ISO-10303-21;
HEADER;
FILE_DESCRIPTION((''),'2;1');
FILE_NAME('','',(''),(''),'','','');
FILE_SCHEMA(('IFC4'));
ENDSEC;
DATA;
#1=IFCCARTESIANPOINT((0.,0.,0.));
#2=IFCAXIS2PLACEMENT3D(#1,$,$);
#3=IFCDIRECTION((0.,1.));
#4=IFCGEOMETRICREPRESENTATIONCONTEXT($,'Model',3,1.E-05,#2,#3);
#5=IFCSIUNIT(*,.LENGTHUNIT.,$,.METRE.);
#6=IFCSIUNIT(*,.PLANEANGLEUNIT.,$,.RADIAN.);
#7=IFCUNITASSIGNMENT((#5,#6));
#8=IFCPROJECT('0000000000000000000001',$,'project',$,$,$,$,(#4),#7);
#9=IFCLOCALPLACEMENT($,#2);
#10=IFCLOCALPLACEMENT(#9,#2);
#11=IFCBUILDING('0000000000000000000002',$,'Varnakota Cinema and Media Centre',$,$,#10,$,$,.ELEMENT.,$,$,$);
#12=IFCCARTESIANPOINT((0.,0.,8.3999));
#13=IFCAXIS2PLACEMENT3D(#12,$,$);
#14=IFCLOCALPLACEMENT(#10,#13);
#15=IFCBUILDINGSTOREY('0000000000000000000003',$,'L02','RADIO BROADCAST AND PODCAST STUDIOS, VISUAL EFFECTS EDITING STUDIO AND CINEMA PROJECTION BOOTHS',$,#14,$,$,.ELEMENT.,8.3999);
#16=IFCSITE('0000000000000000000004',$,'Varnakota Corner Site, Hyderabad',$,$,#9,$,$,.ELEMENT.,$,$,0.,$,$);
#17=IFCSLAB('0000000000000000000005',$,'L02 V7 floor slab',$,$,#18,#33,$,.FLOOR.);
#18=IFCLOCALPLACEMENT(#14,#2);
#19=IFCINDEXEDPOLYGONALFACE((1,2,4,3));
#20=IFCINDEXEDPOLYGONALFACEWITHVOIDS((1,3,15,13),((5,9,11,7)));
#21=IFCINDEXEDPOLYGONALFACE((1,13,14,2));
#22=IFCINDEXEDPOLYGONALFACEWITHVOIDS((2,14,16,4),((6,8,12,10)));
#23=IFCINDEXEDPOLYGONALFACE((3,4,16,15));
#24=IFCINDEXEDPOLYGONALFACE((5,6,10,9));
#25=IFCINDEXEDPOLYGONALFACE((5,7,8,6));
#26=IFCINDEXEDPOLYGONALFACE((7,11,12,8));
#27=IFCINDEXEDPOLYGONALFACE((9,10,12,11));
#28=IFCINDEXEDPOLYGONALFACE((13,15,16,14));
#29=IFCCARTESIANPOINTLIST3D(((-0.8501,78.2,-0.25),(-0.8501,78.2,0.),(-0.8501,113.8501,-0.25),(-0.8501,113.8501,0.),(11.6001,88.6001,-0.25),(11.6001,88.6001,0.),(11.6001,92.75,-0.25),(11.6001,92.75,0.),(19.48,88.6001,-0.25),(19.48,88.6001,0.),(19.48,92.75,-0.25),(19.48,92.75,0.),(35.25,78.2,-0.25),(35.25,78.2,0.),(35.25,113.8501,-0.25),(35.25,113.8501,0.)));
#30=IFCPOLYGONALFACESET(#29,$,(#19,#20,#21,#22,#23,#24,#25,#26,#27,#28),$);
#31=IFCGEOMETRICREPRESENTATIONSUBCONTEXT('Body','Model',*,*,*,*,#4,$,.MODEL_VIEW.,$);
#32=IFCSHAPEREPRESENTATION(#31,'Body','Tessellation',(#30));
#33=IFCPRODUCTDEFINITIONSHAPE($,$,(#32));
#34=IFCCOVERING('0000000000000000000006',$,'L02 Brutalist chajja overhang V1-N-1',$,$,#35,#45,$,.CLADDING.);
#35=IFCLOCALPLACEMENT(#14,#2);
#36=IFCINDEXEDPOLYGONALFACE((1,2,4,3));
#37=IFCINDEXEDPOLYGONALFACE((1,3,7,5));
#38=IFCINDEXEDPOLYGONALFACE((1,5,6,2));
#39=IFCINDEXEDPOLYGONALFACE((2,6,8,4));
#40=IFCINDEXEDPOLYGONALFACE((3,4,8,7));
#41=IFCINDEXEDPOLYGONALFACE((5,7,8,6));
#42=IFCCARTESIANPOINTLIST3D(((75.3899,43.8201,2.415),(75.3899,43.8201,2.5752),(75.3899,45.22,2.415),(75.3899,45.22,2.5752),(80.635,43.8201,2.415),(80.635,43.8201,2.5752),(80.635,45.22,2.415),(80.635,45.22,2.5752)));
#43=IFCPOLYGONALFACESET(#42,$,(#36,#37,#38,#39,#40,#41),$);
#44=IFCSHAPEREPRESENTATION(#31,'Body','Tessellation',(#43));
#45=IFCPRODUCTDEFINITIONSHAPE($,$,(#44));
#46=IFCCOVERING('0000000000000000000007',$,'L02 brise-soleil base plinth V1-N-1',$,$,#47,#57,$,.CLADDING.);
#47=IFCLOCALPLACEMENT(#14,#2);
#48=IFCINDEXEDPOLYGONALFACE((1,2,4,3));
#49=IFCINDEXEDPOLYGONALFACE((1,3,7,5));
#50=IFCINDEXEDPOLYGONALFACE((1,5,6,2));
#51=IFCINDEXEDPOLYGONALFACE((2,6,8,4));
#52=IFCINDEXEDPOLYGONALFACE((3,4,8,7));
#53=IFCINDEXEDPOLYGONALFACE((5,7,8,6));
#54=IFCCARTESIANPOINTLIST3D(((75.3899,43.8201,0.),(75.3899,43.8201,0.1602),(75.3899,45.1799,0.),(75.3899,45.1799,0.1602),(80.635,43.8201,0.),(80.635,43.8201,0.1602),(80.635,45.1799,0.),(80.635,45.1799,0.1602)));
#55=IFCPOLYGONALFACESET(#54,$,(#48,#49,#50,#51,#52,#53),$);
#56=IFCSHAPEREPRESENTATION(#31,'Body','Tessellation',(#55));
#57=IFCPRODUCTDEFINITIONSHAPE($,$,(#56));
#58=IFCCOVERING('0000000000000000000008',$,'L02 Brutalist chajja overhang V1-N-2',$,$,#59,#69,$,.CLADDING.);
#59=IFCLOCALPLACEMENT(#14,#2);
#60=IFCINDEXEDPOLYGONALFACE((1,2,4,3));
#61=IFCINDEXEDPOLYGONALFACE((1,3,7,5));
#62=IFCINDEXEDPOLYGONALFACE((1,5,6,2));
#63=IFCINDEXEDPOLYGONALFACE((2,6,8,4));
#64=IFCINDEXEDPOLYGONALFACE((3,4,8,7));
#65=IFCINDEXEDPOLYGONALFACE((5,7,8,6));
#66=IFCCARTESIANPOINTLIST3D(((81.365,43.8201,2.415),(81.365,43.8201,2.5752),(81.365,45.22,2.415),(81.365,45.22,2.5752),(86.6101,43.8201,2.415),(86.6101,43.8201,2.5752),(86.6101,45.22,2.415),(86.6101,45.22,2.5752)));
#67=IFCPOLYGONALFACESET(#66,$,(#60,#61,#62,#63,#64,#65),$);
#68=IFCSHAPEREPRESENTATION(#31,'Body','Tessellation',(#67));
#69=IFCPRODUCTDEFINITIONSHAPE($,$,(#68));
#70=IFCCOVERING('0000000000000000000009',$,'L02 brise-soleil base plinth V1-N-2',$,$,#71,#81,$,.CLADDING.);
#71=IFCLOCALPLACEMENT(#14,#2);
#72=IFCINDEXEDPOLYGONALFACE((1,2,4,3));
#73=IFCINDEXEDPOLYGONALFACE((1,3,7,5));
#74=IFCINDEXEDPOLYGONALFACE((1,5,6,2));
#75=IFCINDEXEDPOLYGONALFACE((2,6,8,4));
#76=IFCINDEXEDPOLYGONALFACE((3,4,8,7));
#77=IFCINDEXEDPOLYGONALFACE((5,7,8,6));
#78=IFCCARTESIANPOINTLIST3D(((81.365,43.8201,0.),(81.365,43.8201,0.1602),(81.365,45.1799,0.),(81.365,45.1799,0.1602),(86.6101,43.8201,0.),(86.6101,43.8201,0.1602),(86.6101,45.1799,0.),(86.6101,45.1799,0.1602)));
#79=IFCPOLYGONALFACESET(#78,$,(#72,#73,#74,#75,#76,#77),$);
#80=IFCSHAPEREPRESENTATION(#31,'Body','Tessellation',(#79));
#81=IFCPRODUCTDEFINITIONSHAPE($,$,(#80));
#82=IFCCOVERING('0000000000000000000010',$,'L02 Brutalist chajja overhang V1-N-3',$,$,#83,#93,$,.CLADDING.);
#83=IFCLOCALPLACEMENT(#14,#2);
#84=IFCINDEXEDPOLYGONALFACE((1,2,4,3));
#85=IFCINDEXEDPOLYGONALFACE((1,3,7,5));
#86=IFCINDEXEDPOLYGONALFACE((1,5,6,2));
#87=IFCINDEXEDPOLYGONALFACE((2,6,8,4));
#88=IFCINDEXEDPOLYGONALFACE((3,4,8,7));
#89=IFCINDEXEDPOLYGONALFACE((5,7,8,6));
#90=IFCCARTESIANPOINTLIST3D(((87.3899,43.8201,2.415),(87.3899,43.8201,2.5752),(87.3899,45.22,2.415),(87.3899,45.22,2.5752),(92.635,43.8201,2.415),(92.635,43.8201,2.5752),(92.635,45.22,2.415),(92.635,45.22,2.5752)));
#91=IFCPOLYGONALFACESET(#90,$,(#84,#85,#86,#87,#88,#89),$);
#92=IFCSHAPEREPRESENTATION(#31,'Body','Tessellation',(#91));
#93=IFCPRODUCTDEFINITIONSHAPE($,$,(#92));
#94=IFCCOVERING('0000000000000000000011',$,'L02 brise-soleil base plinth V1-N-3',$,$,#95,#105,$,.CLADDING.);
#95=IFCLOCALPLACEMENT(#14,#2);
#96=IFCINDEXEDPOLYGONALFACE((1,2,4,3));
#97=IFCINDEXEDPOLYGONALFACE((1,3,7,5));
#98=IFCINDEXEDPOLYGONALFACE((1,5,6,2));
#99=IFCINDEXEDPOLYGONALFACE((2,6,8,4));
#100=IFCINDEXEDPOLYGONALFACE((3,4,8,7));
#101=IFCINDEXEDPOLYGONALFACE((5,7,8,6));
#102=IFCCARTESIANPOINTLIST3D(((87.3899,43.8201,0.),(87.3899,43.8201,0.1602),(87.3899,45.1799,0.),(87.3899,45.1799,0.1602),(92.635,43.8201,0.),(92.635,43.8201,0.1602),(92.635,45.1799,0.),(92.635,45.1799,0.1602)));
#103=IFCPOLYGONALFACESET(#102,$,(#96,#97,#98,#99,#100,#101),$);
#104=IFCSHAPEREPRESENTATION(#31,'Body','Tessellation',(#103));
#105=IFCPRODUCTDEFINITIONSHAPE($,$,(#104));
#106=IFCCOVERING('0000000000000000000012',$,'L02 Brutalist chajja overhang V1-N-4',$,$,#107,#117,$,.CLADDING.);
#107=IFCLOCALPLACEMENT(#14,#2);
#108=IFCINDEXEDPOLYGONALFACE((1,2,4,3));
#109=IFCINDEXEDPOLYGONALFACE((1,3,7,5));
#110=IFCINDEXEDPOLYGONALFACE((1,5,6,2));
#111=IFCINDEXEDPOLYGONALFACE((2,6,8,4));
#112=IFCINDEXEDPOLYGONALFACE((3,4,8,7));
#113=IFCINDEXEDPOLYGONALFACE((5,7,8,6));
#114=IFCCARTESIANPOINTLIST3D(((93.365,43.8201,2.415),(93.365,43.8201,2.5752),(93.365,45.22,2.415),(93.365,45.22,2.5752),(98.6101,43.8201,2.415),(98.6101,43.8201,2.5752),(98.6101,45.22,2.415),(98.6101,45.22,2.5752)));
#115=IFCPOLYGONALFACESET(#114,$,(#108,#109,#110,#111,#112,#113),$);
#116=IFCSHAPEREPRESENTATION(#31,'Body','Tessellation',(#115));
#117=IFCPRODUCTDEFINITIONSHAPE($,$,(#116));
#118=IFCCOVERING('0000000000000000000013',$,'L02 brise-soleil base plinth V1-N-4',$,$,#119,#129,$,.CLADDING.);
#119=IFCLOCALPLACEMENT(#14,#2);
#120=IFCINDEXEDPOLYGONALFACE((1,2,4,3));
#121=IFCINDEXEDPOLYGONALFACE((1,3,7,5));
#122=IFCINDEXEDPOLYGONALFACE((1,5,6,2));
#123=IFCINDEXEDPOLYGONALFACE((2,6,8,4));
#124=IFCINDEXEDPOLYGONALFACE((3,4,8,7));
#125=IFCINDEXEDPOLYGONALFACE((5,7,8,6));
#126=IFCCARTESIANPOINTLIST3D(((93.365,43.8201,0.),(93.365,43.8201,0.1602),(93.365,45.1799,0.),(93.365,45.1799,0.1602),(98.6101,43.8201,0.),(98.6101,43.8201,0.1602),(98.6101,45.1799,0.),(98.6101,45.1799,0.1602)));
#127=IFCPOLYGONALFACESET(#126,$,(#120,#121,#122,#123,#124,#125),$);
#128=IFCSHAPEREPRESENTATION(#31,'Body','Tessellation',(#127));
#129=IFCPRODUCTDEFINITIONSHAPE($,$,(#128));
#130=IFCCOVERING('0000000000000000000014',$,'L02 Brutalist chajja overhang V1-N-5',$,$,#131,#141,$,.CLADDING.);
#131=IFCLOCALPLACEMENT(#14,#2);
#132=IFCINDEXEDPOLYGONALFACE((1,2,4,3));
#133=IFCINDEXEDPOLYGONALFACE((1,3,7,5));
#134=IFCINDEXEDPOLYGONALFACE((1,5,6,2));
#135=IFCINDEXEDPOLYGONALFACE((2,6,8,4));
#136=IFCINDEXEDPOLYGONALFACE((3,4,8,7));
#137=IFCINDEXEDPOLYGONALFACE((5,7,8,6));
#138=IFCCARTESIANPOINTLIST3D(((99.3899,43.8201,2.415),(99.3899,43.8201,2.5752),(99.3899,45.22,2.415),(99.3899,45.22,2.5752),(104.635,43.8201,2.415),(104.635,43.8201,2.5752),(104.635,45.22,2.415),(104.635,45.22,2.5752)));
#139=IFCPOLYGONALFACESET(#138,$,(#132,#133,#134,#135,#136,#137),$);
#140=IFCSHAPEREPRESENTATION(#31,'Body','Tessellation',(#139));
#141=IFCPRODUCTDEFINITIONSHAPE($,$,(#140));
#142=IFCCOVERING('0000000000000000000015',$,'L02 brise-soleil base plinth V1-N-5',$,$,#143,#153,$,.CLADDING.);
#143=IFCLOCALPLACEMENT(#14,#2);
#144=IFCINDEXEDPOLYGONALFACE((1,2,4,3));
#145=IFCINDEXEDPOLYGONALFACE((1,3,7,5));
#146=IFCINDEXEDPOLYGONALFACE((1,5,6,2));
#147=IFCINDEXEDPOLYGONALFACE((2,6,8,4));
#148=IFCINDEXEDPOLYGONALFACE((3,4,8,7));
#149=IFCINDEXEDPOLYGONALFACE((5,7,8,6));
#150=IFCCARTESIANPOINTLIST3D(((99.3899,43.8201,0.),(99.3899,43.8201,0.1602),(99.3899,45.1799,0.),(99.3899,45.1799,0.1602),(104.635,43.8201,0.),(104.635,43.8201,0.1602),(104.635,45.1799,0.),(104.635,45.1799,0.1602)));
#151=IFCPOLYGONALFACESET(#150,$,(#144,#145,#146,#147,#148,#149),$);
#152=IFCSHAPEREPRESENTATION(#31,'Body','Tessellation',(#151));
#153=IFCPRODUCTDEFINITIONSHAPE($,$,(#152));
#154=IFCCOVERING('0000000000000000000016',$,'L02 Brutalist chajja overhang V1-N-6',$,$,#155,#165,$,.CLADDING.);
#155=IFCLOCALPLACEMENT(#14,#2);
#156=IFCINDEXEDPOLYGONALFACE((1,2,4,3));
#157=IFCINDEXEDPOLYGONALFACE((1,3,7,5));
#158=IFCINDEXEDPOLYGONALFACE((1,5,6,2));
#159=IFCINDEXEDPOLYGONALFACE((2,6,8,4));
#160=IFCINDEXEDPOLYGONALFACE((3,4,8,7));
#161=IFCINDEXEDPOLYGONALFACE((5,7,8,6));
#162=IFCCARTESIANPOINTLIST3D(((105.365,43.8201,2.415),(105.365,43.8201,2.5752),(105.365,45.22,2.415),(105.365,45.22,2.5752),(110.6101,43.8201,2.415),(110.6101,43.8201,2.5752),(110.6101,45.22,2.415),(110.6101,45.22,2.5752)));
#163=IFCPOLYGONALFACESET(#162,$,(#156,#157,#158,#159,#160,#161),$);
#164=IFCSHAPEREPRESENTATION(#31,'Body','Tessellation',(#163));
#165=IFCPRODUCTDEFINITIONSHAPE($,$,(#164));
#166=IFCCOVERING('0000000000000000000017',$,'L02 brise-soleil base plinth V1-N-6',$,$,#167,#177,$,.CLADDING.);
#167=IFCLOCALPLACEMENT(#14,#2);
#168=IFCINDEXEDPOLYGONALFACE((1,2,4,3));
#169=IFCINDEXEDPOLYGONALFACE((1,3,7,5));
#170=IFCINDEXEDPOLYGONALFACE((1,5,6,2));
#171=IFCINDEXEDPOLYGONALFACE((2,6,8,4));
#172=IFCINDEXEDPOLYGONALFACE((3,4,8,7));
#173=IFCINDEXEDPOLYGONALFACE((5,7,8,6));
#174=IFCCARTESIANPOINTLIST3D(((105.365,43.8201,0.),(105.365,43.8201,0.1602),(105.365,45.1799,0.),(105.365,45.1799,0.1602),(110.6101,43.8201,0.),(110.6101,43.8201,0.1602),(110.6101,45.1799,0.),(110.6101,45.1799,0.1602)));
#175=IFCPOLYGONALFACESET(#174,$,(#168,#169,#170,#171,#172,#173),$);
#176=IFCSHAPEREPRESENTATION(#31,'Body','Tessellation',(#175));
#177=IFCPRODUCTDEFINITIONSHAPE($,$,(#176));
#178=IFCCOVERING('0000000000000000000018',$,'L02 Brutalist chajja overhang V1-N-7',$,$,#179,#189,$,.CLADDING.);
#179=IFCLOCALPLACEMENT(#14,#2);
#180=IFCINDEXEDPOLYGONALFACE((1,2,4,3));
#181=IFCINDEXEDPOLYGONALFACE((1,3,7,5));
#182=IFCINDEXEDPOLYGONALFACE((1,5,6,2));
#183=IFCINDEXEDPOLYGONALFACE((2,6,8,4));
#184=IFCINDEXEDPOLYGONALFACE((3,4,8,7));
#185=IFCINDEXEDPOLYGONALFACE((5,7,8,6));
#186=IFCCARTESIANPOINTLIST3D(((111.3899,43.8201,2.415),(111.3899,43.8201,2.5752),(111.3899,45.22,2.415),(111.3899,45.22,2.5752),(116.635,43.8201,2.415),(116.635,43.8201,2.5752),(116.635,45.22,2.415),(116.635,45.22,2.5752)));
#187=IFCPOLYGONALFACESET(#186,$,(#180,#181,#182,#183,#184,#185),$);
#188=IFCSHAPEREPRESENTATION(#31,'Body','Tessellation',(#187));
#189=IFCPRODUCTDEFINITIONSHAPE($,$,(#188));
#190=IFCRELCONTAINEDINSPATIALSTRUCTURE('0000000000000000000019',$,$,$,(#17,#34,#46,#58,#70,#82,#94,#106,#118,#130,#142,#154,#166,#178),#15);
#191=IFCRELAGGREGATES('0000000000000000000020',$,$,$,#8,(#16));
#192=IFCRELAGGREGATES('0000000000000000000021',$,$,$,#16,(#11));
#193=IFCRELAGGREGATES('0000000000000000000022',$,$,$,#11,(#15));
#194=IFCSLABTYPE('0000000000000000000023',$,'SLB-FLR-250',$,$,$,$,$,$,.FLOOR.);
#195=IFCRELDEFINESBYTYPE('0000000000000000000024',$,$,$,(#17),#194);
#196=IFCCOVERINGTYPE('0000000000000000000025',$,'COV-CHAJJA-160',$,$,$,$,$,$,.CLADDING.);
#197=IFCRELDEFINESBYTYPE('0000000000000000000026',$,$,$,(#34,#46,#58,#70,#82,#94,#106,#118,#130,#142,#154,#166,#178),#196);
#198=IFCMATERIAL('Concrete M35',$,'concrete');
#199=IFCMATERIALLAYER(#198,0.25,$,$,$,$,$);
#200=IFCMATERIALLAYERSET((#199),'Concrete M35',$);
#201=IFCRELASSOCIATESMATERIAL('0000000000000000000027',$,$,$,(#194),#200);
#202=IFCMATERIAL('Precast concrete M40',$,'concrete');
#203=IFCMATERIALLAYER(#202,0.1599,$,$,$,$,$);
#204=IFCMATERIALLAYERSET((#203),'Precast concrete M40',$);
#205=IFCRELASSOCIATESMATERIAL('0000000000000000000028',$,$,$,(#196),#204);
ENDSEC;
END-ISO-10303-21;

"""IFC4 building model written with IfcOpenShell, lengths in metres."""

from ifc_helpers import new_model, si_unit, direction, frame, origin, place, context, subcontext, project, spatial, polyline, outline, extrude, material, layer, layer_set, type_object, element, save


model = new_model("IFC4")

# Units and contexts
model_context = context("Model", 3, precision=1e-05, world=origin(), true_north=direction((0.0, 1.0)))
body_context = subcontext(model_context, "Body", "Model", "MODEL_VIEW")
ifc_project = project(units=[si_unit("LENGTHUNIT", "METRE"), si_unit("PLANEANGLEUNIT", "RADIAN")], contexts=[model_context])

# Site, building, storey
site_placement = place(None, origin())
site = spatial("IfcSite", under=ifc_project, at=site_placement, Name="Varnakota Corner Site, Hyderabad", CompositionType="ELEMENT", RefElevation=0.0)
building_placement = place(site_placement, origin())
building = spatial("IfcBuilding", under=site, at=building_placement, Name="Varnakota Cinema and Media Centre", CompositionType="ELEMENT")
storey_placement = place(building_placement, frame((0.0, 0.0, 8.3999)))
storey = spatial("IfcBuildingStorey", under=building, at=storey_placement, Name="L02", Description="RADIO BROADCAST AND PODCAST STUDIOS, VISUAL EFFECTS EDITING STUDIO AND CINEMA PROJECTION BOOTHS", CompositionType="ELEMENT", Elevation=8.3999)

# Slab
ifc_material_1 = material(Name="Concrete M35", Category="concrete")
ifc_layer_1 = layer(ifc_material_1, 0.25)
ifc_layer_set_1 = layer_set([ifc_layer_1], Name="Concrete M35")
slab_type = type_object("IfcSlabType", Name="SLB-FLR-250", PredefinedType="FLOOR", material=ifc_layer_set_1)
slab_1_placement = place(storey_placement, frame((0.0, 0.0, -0.25)))
element("IfcSlab", 1, at=slab_1_placement, inside=storey, type_object=slab_type, Name="L02 V7 floor slab", PredefinedType="FLOOR", context=body_context, shape_type="SweptSolid", body=[
    extrude(outline(polyline([(-0.8501, 78.2), (35.25, 78.2), (35.25, 113.8501), (-0.8501, 113.8501), (-0.8501, 78.2)]), holes=[polyline([(11.6001, 88.6001), (19.48, 88.6001), (19.48, 92.75), (11.6001, 92.75), (11.6001, 88.6001)])]), origin(), (0.0, 0.0, 1.0), 0.25),
])

# Coverings
ifc_material_2 = material(Name="Precast concrete M40", Category="concrete")
ifc_layer_2 = layer(ifc_material_2, 0.1599)
ifc_layer_set_2 = layer_set([ifc_layer_2], Name="Precast concrete M40")
covering_type_1 = type_object("IfcCoveringType", Name="COV-CHAJJA-160", PredefinedType="CLADDING", material=ifc_layer_set_2)
covering_1_placement = place(storey_placement, frame((0.0, 0.0, 2.415)))
element("IfcCovering", 2, at=covering_1_placement, inside=storey, type_object=covering_type_1, Name="L02 Brutalist chajja overhang V1-N-1", PredefinedType="CLADDING", context=body_context, shape_type="SweptSolid", body=[
    extrude(outline(polyline([(75.3899, 43.8201), (80.635, 43.8201), (80.635, 45.22), (75.3899, 45.22), (75.3899, 43.8201)])), origin(), (0.0, 0.0, 1.0), 0.1602),
])
covering_2_placement = place(storey_placement, origin())
element("IfcCovering", 3, at=covering_2_placement, inside=storey, type_object=covering_type_1, Name="L02 brise-soleil base plinth V1-N-1", PredefinedType="CLADDING", context=body_context, shape_type="SweptSolid", body=[
    extrude(outline(polyline([(75.3899, 43.8201), (80.635, 43.8201), (80.635, 45.1799), (75.3899, 45.1799), (75.3899, 43.8201)])), origin(), (0.0, 0.0, 1.0), 0.1602),
])
covering_3_placement = place(storey_placement, frame((0.0, 0.0, 2.415)))
element("IfcCovering", 4, at=covering_3_placement, inside=storey, type_object=covering_type_1, Name="L02 Brutalist chajja overhang V1-N-2", PredefinedType="CLADDING", context=body_context, shape_type="SweptSolid", body=[
    extrude(outline(polyline([(81.365, 43.8201), (86.6101, 43.8201), (86.6101, 45.22), (81.365, 45.22), (81.365, 43.8201)])), origin(), (0.0, 0.0, 1.0), 0.1602),
])
covering_4_placement = place(storey_placement, origin())
element("IfcCovering", 5, at=covering_4_placement, inside=storey, type_object=covering_type_1, Name="L02 brise-soleil base plinth V1-N-2", PredefinedType="CLADDING", context=body_context, shape_type="SweptSolid", body=[
    extrude(outline(polyline([(81.365, 43.8201), (86.6101, 43.8201), (86.6101, 45.1799), (81.365, 45.1799), (81.365, 43.8201)])), origin(), (0.0, 0.0, 1.0), 0.1602),
])
covering_5_placement = place(storey_placement, frame((0.0, 0.0, 2.415)))
element("IfcCovering", 6, at=covering_5_placement, inside=storey, type_object=covering_type_1, Name="L02 Brutalist chajja overhang V1-N-3", PredefinedType="CLADDING", context=body_context, shape_type="SweptSolid", body=[
    extrude(outline(polyline([(87.3899, 43.8201), (92.635, 43.8201), (92.635, 45.22), (87.3899, 45.22), (87.3899, 43.8201)])), origin(), (0.0, 0.0, 1.0), 0.1602),
])
covering_6_placement = place(storey_placement, origin())
element("IfcCovering", 7, at=covering_6_placement, inside=storey, type_object=covering_type_1, Name="L02 brise-soleil base plinth V1-N-3", PredefinedType="CLADDING", context=body_context, shape_type="SweptSolid", body=[
    extrude(outline(polyline([(87.3899, 43.8201), (92.635, 43.8201), (92.635, 45.1799), (87.3899, 45.1799), (87.3899, 43.8201)])), origin(), (0.0, 0.0, 1.0), 0.1602),
])
covering_7_placement = place(storey_placement, frame((0.0, 0.0, 2.415)))
element("IfcCovering", 8, at=covering_7_placement, inside=storey, type_object=covering_type_1, Name="L02 Brutalist chajja overhang V1-N-4", PredefinedType="CLADDING", context=body_context, shape_type="SweptSolid", body=[
    extrude(outline(polyline([(93.365, 43.8201), (98.6101, 43.8201), (98.6101, 45.22), (93.365, 45.22), (93.365, 43.8201)])), origin(), (0.0, 0.0, 1.0), 0.1602),
])
covering_8_placement = place(storey_placement, origin())
element("IfcCovering", 9, at=covering_8_placement, inside=storey, type_object=covering_type_1, Name="L02 brise-soleil base plinth V1-N-4", PredefinedType="CLADDING", context=body_context, shape_type="SweptSolid", body=[
    extrude(outline(polyline([(93.365, 43.8201), (98.6101, 43.8201), (98.6101, 45.1799), (93.365, 45.1799), (93.365, 43.8201)])), origin(), (0.0, 0.0, 1.0), 0.1602),
])
covering_9_placement = place(storey_placement, frame((0.0, 0.0, 2.415)))
element("IfcCovering", 10, at=covering_9_placement, inside=storey, type_object=covering_type_1, Name="L02 Brutalist chajja overhang V1-N-5", PredefinedType="CLADDING", context=body_context, shape_type="SweptSolid", body=[
    extrude(outline(polyline([(99.3899, 43.8201), (104.635, 43.8201), (104.635, 45.22), (99.3899, 45.22), (99.3899, 43.8201)])), origin(), (0.0, 0.0, 1.0), 0.1602),
])
covering_10_placement = place(storey_placement, origin())
element("IfcCovering", 11, at=covering_10_placement, inside=storey, type_object=covering_type_1, Name="L02 brise-soleil base plinth V1-N-5", PredefinedType="CLADDING", context=body_context, shape_type="SweptSolid", body=[
    extrude(outline(polyline([(99.3899, 43.8201), (104.635, 43.8201), (104.635, 45.1799), (99.3899, 45.1799), (99.3899, 43.8201)])), origin(), (0.0, 0.0, 1.0), 0.1602),
])
covering_11_placement = place(storey_placement, frame((0.0, 0.0, 2.415)))
element("IfcCovering", 12, at=covering_11_placement, inside=storey, type_object=covering_type_1, Name="L02 Brutalist chajja overhang V1-N-6", PredefinedType="CLADDING", context=body_context, shape_type="SweptSolid", body=[
    extrude(outline(polyline([(105.365, 43.8201), (110.6101, 43.8201), (110.6101, 45.22), (105.365, 45.22), (105.365, 43.8201)])), origin(), (0.0, 0.0, 1.0), 0.1602),
])
covering_12_placement = place(storey_placement, origin())
element("IfcCovering", 13, at=covering_12_placement, inside=storey, type_object=covering_type_1, Name="L02 brise-soleil base plinth V1-N-6", PredefinedType="CLADDING", context=body_context, shape_type="SweptSolid", body=[
    extrude(outline(polyline([(105.365, 43.8201), (110.6101, 43.8201), (110.6101, 45.1799), (105.365, 45.1799), (105.365, 43.8201)])), origin(), (0.0, 0.0, 1.0), 0.1602),
])
covering_13_placement = place(storey_placement, frame((0.0, 0.0, 2.415)))
element("IfcCovering", 14, at=covering_13_placement, inside=storey, type_object=covering_type_1, Name="L02 Brutalist chajja overhang V1-N-7", PredefinedType="CLADDING", context=body_context, shape_type="SweptSolid", body=[
    extrude(outline(polyline([(111.3899, 43.8201), (116.635, 43.8201), (116.635, 45.22), (111.3899, 45.22), (111.3899, 43.8201)])), origin(), (0.0, 0.0, 1.0), 0.1602),
])

save(model, "model.ifc")
